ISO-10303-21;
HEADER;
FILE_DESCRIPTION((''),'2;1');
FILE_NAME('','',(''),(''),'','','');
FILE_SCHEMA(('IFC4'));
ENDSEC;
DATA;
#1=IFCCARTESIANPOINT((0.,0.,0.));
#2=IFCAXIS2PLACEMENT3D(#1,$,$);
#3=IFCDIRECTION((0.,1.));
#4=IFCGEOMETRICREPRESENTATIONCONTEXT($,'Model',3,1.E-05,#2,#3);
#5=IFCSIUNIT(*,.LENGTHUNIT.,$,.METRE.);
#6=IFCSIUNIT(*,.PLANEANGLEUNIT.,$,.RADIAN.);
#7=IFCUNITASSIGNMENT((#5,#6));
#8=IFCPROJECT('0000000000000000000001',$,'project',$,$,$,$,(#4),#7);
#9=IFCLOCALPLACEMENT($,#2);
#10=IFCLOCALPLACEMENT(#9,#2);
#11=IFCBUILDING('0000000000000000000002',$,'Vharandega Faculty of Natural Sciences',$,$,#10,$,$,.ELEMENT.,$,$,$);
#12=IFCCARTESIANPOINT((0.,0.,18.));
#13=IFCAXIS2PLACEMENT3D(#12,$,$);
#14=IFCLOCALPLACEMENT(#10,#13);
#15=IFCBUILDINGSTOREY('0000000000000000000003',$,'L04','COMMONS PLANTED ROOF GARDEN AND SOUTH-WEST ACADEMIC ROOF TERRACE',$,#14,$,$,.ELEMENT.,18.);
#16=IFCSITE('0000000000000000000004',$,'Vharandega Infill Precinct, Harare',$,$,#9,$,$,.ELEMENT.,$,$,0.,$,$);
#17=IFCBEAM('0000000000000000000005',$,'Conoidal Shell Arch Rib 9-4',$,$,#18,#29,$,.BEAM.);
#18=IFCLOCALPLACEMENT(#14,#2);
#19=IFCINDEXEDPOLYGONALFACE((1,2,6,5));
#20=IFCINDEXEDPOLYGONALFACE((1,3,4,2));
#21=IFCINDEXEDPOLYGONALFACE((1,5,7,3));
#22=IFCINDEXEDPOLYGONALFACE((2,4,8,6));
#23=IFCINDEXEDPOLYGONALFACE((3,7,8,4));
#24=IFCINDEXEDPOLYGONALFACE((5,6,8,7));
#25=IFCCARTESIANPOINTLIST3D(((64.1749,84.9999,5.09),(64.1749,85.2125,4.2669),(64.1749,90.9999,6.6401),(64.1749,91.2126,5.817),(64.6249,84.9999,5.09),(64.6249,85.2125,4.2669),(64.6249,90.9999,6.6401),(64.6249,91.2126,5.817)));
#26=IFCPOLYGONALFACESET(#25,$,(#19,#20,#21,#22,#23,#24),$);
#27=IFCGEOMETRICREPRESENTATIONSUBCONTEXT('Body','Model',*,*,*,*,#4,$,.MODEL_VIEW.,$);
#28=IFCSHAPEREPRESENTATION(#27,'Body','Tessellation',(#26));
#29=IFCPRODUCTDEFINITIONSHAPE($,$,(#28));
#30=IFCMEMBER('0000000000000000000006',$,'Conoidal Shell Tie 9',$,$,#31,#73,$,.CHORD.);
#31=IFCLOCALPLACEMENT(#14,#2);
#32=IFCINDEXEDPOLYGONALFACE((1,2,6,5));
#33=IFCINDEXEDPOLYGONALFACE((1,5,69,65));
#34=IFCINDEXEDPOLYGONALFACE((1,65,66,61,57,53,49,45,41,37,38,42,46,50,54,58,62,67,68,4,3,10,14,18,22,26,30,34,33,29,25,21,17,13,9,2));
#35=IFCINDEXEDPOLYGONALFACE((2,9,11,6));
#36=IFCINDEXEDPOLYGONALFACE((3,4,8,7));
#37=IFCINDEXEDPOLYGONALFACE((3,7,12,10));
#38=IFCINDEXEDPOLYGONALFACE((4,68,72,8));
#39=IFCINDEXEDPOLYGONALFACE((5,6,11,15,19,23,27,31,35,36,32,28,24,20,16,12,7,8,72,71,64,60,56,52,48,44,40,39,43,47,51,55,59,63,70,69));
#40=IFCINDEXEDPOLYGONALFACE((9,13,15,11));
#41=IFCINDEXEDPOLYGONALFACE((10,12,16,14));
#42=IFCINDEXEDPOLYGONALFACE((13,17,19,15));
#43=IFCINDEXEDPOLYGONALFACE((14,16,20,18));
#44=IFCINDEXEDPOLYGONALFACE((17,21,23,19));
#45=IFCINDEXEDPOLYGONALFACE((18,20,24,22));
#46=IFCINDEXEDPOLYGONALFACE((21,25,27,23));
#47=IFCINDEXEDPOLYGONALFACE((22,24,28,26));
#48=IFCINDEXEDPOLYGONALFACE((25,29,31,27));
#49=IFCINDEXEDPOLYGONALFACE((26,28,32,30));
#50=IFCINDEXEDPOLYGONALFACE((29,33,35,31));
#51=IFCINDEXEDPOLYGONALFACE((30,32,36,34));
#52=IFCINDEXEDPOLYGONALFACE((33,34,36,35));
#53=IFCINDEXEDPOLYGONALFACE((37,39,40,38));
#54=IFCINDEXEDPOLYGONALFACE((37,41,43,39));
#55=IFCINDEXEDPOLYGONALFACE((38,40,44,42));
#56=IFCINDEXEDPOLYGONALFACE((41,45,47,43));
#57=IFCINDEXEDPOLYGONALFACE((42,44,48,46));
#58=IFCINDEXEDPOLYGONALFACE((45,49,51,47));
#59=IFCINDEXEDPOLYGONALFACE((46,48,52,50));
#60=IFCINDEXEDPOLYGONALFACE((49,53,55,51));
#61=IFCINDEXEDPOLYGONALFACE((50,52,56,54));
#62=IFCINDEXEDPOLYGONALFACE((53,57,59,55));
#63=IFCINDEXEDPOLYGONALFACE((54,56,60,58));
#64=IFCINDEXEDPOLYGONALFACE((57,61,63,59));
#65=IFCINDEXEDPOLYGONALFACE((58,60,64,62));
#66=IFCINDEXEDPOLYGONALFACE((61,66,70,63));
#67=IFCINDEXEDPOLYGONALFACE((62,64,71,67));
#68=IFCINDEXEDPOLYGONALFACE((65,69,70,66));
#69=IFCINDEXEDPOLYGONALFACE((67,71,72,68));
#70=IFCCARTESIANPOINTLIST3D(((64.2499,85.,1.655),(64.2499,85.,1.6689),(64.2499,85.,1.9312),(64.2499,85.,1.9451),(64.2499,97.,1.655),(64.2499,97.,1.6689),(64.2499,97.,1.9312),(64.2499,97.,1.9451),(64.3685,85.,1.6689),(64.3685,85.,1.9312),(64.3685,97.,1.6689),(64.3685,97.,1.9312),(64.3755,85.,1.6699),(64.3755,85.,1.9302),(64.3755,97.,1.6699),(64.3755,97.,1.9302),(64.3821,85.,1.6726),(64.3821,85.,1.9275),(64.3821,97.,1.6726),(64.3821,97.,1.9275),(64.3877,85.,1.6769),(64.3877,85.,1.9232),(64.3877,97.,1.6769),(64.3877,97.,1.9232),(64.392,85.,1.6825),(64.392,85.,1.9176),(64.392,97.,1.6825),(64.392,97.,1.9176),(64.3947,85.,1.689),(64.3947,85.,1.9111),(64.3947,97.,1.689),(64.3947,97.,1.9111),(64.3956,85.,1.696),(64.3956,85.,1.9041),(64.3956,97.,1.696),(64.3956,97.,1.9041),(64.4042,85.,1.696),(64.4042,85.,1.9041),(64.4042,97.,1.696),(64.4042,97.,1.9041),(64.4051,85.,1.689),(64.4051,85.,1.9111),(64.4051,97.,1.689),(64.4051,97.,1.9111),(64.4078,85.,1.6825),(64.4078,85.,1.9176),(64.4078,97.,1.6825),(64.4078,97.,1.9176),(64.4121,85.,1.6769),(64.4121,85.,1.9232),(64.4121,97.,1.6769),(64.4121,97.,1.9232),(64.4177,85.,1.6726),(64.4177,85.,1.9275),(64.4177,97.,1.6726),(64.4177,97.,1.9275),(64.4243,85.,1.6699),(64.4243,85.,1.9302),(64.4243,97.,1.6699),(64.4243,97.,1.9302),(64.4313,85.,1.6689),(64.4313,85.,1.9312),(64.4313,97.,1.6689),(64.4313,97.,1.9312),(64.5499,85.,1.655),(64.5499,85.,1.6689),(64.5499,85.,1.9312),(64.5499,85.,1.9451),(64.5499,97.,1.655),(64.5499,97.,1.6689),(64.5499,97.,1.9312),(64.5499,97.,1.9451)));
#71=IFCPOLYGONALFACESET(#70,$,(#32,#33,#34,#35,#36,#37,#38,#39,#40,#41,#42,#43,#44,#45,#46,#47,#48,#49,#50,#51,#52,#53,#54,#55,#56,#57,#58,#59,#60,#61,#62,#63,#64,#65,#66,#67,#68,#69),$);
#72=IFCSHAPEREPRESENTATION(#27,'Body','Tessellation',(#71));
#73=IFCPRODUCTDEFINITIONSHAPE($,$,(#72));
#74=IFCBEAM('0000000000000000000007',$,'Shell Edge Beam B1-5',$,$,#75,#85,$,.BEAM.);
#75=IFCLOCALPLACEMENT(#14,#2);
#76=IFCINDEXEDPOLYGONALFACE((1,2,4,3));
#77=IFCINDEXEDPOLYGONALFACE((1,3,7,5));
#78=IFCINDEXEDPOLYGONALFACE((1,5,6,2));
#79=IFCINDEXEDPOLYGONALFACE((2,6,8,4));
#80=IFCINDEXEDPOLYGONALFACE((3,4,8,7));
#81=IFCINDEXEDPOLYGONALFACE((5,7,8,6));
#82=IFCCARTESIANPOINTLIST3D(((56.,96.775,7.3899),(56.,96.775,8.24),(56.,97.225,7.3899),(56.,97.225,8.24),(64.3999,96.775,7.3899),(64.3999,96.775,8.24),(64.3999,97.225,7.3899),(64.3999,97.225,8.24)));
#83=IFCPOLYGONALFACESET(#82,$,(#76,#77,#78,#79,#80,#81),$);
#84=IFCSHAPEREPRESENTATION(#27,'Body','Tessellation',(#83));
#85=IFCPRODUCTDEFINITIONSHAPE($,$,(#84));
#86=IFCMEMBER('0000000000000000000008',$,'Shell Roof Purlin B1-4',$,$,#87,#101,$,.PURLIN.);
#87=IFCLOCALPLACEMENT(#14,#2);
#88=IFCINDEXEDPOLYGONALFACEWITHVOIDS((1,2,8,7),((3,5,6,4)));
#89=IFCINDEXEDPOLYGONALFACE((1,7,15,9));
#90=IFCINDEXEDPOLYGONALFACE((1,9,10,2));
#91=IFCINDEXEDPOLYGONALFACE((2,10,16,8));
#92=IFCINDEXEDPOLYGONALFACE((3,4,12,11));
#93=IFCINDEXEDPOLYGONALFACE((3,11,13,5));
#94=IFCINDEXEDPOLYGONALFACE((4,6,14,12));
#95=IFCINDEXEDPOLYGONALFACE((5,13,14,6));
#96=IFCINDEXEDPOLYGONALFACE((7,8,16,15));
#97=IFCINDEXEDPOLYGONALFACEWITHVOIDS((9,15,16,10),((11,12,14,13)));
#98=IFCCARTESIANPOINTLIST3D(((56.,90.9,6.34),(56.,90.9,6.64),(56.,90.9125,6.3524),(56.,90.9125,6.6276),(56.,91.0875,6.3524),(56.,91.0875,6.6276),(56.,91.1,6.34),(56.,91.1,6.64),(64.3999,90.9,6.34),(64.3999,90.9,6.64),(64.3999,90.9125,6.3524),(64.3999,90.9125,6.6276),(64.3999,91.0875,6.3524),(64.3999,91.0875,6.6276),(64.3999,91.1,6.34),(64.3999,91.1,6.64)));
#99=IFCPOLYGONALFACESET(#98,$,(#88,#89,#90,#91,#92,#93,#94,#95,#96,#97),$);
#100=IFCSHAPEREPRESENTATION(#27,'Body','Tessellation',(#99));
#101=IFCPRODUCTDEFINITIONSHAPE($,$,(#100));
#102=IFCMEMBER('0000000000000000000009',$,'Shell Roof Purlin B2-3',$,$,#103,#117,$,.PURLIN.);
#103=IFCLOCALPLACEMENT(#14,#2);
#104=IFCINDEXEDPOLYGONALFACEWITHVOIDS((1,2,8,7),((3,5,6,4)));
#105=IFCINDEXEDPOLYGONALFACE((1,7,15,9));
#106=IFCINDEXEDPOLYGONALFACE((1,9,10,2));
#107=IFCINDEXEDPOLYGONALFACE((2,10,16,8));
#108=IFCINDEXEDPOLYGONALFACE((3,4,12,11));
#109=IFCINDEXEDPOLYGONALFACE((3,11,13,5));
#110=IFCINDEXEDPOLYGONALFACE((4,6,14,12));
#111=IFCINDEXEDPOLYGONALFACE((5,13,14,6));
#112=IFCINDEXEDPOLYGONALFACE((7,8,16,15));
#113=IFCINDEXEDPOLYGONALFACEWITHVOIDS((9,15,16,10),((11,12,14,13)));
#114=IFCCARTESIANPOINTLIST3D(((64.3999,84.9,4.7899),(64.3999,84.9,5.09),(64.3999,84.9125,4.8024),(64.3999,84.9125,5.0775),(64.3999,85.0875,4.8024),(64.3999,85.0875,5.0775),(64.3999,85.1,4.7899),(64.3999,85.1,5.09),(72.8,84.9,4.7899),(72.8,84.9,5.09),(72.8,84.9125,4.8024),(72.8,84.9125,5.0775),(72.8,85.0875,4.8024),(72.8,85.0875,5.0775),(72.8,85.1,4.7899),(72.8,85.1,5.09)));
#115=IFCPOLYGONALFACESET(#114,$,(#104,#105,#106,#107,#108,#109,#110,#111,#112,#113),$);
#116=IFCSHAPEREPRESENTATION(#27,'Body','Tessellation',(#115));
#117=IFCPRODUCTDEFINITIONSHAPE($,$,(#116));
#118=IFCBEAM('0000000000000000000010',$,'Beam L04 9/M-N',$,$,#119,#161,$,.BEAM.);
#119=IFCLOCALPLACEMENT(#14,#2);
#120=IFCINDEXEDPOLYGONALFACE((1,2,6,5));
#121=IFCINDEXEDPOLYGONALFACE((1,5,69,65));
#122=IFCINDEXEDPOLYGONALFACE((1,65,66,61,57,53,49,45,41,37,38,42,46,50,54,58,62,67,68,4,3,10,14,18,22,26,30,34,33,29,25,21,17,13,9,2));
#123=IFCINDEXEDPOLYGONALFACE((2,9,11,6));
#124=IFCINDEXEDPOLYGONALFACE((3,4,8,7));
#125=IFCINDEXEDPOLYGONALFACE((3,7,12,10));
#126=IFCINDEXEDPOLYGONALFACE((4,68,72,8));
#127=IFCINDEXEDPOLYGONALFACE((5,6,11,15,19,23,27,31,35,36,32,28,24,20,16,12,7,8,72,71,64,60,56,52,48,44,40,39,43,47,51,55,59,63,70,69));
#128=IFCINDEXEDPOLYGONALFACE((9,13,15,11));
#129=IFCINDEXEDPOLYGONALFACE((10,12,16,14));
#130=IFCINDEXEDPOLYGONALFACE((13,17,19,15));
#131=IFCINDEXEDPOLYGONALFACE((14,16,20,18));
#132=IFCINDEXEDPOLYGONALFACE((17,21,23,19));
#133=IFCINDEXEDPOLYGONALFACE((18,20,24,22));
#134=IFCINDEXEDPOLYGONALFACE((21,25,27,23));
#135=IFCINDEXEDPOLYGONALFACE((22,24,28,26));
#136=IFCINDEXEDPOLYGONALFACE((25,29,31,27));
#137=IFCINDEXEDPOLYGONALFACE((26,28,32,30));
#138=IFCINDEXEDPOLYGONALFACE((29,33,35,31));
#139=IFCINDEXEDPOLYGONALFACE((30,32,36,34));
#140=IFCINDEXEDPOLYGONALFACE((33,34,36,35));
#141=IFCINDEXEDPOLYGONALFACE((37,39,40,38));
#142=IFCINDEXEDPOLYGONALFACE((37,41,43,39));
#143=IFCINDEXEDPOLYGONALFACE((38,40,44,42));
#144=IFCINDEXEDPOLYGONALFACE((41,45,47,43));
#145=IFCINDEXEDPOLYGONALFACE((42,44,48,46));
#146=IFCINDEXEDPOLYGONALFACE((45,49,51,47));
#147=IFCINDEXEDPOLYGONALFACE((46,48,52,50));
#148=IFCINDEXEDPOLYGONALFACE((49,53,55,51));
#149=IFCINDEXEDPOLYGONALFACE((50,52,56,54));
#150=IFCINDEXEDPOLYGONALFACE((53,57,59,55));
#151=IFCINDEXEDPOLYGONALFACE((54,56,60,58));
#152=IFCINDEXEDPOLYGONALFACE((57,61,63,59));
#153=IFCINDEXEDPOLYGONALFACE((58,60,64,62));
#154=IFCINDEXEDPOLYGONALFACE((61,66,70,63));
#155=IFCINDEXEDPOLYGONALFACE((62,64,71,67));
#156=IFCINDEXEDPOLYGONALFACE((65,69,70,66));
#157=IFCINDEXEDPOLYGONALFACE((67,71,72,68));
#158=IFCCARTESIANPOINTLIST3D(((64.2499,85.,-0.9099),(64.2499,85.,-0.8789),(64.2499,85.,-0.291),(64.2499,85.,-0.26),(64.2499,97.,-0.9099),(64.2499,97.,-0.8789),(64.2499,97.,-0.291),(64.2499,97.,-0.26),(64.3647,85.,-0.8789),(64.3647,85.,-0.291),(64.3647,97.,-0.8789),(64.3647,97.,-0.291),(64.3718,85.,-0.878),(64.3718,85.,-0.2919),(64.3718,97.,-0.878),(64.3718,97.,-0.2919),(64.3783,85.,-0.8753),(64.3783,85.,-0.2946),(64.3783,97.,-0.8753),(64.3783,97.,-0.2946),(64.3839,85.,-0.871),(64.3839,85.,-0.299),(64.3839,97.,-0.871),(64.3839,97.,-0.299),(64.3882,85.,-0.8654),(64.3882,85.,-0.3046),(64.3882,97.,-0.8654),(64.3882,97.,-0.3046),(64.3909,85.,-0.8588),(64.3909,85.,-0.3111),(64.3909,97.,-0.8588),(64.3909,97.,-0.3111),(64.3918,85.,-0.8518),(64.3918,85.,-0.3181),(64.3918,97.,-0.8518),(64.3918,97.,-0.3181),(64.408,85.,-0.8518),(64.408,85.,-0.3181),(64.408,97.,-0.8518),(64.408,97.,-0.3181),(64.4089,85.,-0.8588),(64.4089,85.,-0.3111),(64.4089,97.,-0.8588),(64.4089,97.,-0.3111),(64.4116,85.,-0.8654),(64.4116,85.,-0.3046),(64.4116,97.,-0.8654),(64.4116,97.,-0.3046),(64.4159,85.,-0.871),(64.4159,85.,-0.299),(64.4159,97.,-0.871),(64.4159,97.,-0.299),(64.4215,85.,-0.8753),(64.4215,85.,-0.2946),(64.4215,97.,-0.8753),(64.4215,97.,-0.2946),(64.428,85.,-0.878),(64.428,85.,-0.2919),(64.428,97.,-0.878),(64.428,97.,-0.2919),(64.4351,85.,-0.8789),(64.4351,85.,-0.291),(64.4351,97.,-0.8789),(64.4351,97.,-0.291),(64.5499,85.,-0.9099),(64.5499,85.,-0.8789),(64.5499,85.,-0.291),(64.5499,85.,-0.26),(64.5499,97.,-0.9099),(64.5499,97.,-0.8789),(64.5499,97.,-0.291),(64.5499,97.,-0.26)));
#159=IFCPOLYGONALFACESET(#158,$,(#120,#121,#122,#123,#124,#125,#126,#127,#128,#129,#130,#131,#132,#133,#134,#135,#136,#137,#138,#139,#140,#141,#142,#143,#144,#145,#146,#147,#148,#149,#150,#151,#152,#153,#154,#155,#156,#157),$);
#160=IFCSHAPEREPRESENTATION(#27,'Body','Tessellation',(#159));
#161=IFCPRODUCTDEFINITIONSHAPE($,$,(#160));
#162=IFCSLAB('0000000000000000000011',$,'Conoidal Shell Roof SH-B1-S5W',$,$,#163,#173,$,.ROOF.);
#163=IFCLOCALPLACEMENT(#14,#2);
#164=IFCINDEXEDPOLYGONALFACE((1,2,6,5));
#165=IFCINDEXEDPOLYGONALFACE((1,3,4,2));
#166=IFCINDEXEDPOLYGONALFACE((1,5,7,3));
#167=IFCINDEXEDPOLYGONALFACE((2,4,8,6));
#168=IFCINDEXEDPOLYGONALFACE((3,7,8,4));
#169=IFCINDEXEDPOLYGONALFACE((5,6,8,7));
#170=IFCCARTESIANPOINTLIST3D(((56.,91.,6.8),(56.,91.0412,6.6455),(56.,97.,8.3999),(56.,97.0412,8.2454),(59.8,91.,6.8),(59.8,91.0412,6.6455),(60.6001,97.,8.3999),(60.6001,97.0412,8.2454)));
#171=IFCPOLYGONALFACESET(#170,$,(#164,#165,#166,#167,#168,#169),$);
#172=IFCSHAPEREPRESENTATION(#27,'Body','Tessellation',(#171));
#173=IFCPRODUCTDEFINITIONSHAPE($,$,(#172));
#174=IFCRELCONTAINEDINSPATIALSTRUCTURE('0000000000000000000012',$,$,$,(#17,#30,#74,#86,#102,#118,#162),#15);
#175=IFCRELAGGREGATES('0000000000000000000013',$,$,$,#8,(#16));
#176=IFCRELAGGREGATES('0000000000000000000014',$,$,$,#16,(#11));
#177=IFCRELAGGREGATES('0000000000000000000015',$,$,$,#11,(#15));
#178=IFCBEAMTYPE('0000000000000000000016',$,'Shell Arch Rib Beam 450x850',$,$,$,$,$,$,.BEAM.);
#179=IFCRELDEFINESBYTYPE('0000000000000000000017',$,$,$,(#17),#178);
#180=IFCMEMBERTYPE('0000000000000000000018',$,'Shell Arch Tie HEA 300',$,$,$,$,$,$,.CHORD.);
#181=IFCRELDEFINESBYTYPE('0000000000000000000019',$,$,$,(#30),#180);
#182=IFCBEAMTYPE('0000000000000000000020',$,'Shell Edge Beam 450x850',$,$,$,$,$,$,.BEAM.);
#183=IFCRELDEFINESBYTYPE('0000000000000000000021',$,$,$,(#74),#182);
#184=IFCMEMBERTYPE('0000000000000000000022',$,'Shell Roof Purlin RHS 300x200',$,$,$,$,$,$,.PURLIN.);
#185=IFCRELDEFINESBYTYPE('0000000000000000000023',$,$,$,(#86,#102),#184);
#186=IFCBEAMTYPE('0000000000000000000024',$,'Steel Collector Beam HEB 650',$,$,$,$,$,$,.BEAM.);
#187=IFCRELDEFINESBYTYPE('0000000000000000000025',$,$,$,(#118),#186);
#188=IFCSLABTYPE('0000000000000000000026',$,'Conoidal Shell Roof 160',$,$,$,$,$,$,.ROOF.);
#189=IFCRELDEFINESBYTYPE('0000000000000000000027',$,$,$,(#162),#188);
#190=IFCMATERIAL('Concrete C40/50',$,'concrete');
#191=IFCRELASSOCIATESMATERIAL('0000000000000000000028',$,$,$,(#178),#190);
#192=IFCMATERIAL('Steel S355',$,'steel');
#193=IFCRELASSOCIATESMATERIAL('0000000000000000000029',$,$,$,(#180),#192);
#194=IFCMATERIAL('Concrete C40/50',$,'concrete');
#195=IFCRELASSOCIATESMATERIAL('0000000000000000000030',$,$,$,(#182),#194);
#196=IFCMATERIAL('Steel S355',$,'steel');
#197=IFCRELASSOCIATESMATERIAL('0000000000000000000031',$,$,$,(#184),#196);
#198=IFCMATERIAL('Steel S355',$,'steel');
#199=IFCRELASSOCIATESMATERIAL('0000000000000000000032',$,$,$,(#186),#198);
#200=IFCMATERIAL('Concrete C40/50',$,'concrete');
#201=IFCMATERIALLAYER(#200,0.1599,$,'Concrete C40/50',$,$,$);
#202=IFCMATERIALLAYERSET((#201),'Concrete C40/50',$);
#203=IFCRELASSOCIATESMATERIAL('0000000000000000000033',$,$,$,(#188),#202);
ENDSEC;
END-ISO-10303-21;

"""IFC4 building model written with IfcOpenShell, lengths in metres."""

from ifc_helpers import new_model, si_unit, direction, frame, origin, origin_2d, place, context, subcontext, project, spatial, polyline, rectangle, hollow_rectangle, i_section, outline, extrude, material, layer, layer_set, material_profile, profile_set, type_object, element, save


model = new_model("IFC4")

# Units and contexts
model_context = context("Model", 3, precision=1e-05, world=origin(), true_north=direction((0.0, 1.0)))
body_context = subcontext(model_context, "Body", "Model", "MODEL_VIEW")
ifc_project = project(units=[si_unit("LENGTHUNIT", "METRE"), si_unit("PLANEANGLEUNIT", "RADIAN")], contexts=[model_context])

# Site, building, storey
site_placement = place(None, origin())
site = spatial("IfcSite", under=ifc_project, at=site_placement, Name="Vharandega Infill Precinct, Harare", CompositionType="ELEMENT", RefElevation=0.0)
building_placement = place(site_placement, origin())
building = spatial("IfcBuilding", under=site, at=building_placement, Name="Vharandega Faculty of Natural Sciences", CompositionType="ELEMENT")
storey_placement = place(building_placement, frame((0.0, 0.0, 18.0)))
storey = spatial("IfcBuildingStorey", under=building, at=storey_placement, Name="L04", Description="COMMONS PLANTED ROOF GARDEN AND SOUTH-WEST ACADEMIC ROOF TERRACE", CompositionType="ELEMENT", Elevation=18.0)

# Beam
ifc_material_1 = material(Name="Concrete C40/50", Category="concrete")
ifc_material_profile_1 = material_profile(ifc_material_1, rectangle(XDim=0.45, YDim=0.8501, at=origin_2d()), Name="RC 450x850")
ifc_profile_set_1 = profile_set([ifc_material_profile_1], Name="Concrete C40/50")
beam_type_1 = type_object("IfcBeamType", Name="Shell Arch Rib Beam 450x850", PredefinedType="BEAM", material=ifc_profile_set_1)
beam_1_placement = place(storey_placement, frame((64.3999, 85.1062, 4.6785), z_axis=(0.0, 0.968212, 0.250129), x_axis=(-1.0, 0.0, 0.0)))
element("IfcBeam", 1, at=beam_1_placement, inside=storey, type_object=beam_type_1, Name="Conoidal Shell Arch Rib 9-4", PredefinedType="BEAM", context=body_context, shape_type="SweptSolid", body=[
    extrude(rectangle(XDim=0.45, YDim=0.8501, at=origin_2d()), origin(), (0.0, 0.0, 1.0), 6.197),
])

# Member
ifc_material_2 = material(Name="Steel S355", Category="steel")
ifc_material_profile_2 = material_profile(ifc_material_2, i_section(OverallWidth=0.3, OverallDepth=0.29, WebThickness=0.0085, FlangeThickness=0.0139, FilletRadius=0.0271, at=origin_2d()), Name="HEA 300")
ifc_profile_set_2 = profile_set([ifc_material_profile_2], Name="Steel S355")
member_type_1 = type_object("IfcMemberType", Name="Shell Arch Tie HEA 300", PredefinedType="CHORD", material=ifc_profile_set_2)
member_1_placement = place(storey_placement, frame((64.3999, 85.0, 1.8), z_axis=(0.0, 1.0, 0.0), x_axis=(-1.0, 0.0, 0.0)))
element("IfcMember", 2, at=member_1_placement, inside=storey, type_object=member_type_1, Name="Conoidal Shell Tie 9", PredefinedType="CHORD", context=body_context, shape_type="SweptSolid", body=[
    extrude(i_section(OverallWidth=0.3, OverallDepth=0.29, WebThickness=0.0085, FlangeThickness=0.0139, FilletRadius=0.0271, at=origin_2d()), origin(), (0.0, 0.0, 1.0), 12.0),
])

# Beam
ifc_material_3 = material(Name="Concrete C40/50", Category="concrete")
ifc_material_profile_3 = material_profile(ifc_material_3, rectangle(XDim=0.45, YDim=0.8501, at=origin_2d()), Name="RC 450x850")
ifc_profile_set_3 = profile_set([ifc_material_profile_3], Name="Concrete C40/50")
beam_type_2 = type_object("IfcBeamType", Name="Shell Edge Beam 450x850", PredefinedType="BEAM", material=ifc_profile_set_3)
beam_2_placement = place(storey_placement, frame((56.0, 97.0, 7.8149), z_axis=(1.0, 0.0, 0.0), x_axis=(0.0, 1.0, 0.0)))
element("IfcBeam", 3, at=beam_2_placement, inside=storey, type_object=beam_type_2, Name="Shell Edge Beam B1-5", PredefinedType="BEAM", context=body_context, shape_type="SweptSolid", body=[
    extrude(rectangle(XDim=0.45, YDim=0.8501, at=origin_2d()), origin(), (0.0, 0.0, 1.0), 8.3999),
])

# Members
ifc_material_4 = material(Name="Steel S355", Category="steel")
ifc_material_profile_4 = material_profile(ifc_material_4, hollow_rectangle(XDim=0.2, YDim=0.3, WallThickness=0.0125, at=origin_2d()), Name="RHS 300x200x12.5")
ifc_profile_set_4 = profile_set([ifc_material_profile_4], Name="Steel S355")
member_type_2 = type_object("IfcMemberType", Name="Shell Roof Purlin RHS 300x200", PredefinedType="PURLIN", material=ifc_profile_set_4)
member_2_placement = place(storey_placement, frame((56.0, 91.0, 6.49), z_axis=(1.0, 0.0, 0.0), x_axis=(0.0, 1.0, 0.0)))
element("IfcMember", 4, at=member_2_placement, inside=storey, type_object=member_type_2, Name="Shell Roof Purlin B1-4", PredefinedType="PURLIN", context=body_context, shape_type="SweptSolid", body=[
    extrude(hollow_rectangle(XDim=0.2, YDim=0.3, WallThickness=0.0125, at=origin_2d()), origin(), (0.0, 0.0, 1.0), 8.3999),
])
member_3_placement = place(storey_placement, frame((64.3999, 85.0, 4.9399), z_axis=(1.0, 0.0, 0.0), x_axis=(0.0, 1.0, 0.0)))
element("IfcMember", 5, at=member_3_placement, inside=storey, type_object=member_type_2, Name="Shell Roof Purlin B2-3", PredefinedType="PURLIN", context=body_context, shape_type="SweptSolid", body=[
    extrude(hollow_rectangle(XDim=0.2, YDim=0.3, WallThickness=0.0125, at=origin_2d()), origin(), (0.0, 0.0, 1.0), 8.4001),
])

# Beam
ifc_material_5 = material(Name="Steel S355", Category="steel")
ifc_material_profile_5 = material_profile(ifc_material_5, i_section(OverallWidth=0.3, OverallDepth=0.6499, WebThickness=0.0161, FlangeThickness=0.031, FilletRadius=0.0271, at=origin_2d()), Name="HEB 650")
ifc_profile_set_5 = profile_set([ifc_material_profile_5], Name="Steel S355")
beam_type_3 = type_object("IfcBeamType", Name="Steel Collector Beam HEB 650", PredefinedType="BEAM", material=ifc_profile_set_5)
beam_3_placement = place(storey_placement, frame((64.3999, 85.0, -0.585), z_axis=(0.0, 1.0, 0.0), x_axis=(-1.0, 0.0, 0.0)))
element("IfcBeam", 6, at=beam_3_placement, inside=storey, type_object=beam_type_3, Name="Beam L04 9/M-N", PredefinedType="BEAM", context=body_context, shape_type="SweptSolid", body=[
    extrude(i_section(OverallWidth=0.3, OverallDepth=0.6499, WebThickness=0.0161, FlangeThickness=0.031, FilletRadius=0.0271, at=origin_2d()), origin(), (0.0, 0.0, 1.0), 12.0),
])

# Slab
ifc_material_6 = material(Name="Concrete C40/50", Category="concrete")
ifc_layer_1 = layer(ifc_material_6, 0.1599, Name="Concrete C40/50")
ifc_layer_set_1 = layer_set([ifc_layer_1], Name="Concrete C40/50")
slab_type = type_object("IfcSlabType", Name="Conoidal Shell Roof 160", PredefinedType="ROOF", material=ifc_layer_set_1)
slab_1_placement = place(storey_placement, frame((56.0, 91.0, 6.8), z_axis=(0.0, -0.257641, 0.966241), x_axis=(1.0, 0.0, 0.0)))
element("IfcSlab", 7, at=slab_1_placement, inside=storey, type_object=slab_type, Name="Conoidal Shell Roof SH-B1-S5W", PredefinedType="ROOF", context=body_context, shape_type="SweptSolid", body=[
    extrude(outline(polyline([(0.0, 0.0), (3.8, 0.0), (4.6001, 6.2096), (0.0, 6.2096), (0.0, 0.0)])), origin(), (0.0, 0.0, -1.0), 0.1599),
])

save(model, "model.ifc")
